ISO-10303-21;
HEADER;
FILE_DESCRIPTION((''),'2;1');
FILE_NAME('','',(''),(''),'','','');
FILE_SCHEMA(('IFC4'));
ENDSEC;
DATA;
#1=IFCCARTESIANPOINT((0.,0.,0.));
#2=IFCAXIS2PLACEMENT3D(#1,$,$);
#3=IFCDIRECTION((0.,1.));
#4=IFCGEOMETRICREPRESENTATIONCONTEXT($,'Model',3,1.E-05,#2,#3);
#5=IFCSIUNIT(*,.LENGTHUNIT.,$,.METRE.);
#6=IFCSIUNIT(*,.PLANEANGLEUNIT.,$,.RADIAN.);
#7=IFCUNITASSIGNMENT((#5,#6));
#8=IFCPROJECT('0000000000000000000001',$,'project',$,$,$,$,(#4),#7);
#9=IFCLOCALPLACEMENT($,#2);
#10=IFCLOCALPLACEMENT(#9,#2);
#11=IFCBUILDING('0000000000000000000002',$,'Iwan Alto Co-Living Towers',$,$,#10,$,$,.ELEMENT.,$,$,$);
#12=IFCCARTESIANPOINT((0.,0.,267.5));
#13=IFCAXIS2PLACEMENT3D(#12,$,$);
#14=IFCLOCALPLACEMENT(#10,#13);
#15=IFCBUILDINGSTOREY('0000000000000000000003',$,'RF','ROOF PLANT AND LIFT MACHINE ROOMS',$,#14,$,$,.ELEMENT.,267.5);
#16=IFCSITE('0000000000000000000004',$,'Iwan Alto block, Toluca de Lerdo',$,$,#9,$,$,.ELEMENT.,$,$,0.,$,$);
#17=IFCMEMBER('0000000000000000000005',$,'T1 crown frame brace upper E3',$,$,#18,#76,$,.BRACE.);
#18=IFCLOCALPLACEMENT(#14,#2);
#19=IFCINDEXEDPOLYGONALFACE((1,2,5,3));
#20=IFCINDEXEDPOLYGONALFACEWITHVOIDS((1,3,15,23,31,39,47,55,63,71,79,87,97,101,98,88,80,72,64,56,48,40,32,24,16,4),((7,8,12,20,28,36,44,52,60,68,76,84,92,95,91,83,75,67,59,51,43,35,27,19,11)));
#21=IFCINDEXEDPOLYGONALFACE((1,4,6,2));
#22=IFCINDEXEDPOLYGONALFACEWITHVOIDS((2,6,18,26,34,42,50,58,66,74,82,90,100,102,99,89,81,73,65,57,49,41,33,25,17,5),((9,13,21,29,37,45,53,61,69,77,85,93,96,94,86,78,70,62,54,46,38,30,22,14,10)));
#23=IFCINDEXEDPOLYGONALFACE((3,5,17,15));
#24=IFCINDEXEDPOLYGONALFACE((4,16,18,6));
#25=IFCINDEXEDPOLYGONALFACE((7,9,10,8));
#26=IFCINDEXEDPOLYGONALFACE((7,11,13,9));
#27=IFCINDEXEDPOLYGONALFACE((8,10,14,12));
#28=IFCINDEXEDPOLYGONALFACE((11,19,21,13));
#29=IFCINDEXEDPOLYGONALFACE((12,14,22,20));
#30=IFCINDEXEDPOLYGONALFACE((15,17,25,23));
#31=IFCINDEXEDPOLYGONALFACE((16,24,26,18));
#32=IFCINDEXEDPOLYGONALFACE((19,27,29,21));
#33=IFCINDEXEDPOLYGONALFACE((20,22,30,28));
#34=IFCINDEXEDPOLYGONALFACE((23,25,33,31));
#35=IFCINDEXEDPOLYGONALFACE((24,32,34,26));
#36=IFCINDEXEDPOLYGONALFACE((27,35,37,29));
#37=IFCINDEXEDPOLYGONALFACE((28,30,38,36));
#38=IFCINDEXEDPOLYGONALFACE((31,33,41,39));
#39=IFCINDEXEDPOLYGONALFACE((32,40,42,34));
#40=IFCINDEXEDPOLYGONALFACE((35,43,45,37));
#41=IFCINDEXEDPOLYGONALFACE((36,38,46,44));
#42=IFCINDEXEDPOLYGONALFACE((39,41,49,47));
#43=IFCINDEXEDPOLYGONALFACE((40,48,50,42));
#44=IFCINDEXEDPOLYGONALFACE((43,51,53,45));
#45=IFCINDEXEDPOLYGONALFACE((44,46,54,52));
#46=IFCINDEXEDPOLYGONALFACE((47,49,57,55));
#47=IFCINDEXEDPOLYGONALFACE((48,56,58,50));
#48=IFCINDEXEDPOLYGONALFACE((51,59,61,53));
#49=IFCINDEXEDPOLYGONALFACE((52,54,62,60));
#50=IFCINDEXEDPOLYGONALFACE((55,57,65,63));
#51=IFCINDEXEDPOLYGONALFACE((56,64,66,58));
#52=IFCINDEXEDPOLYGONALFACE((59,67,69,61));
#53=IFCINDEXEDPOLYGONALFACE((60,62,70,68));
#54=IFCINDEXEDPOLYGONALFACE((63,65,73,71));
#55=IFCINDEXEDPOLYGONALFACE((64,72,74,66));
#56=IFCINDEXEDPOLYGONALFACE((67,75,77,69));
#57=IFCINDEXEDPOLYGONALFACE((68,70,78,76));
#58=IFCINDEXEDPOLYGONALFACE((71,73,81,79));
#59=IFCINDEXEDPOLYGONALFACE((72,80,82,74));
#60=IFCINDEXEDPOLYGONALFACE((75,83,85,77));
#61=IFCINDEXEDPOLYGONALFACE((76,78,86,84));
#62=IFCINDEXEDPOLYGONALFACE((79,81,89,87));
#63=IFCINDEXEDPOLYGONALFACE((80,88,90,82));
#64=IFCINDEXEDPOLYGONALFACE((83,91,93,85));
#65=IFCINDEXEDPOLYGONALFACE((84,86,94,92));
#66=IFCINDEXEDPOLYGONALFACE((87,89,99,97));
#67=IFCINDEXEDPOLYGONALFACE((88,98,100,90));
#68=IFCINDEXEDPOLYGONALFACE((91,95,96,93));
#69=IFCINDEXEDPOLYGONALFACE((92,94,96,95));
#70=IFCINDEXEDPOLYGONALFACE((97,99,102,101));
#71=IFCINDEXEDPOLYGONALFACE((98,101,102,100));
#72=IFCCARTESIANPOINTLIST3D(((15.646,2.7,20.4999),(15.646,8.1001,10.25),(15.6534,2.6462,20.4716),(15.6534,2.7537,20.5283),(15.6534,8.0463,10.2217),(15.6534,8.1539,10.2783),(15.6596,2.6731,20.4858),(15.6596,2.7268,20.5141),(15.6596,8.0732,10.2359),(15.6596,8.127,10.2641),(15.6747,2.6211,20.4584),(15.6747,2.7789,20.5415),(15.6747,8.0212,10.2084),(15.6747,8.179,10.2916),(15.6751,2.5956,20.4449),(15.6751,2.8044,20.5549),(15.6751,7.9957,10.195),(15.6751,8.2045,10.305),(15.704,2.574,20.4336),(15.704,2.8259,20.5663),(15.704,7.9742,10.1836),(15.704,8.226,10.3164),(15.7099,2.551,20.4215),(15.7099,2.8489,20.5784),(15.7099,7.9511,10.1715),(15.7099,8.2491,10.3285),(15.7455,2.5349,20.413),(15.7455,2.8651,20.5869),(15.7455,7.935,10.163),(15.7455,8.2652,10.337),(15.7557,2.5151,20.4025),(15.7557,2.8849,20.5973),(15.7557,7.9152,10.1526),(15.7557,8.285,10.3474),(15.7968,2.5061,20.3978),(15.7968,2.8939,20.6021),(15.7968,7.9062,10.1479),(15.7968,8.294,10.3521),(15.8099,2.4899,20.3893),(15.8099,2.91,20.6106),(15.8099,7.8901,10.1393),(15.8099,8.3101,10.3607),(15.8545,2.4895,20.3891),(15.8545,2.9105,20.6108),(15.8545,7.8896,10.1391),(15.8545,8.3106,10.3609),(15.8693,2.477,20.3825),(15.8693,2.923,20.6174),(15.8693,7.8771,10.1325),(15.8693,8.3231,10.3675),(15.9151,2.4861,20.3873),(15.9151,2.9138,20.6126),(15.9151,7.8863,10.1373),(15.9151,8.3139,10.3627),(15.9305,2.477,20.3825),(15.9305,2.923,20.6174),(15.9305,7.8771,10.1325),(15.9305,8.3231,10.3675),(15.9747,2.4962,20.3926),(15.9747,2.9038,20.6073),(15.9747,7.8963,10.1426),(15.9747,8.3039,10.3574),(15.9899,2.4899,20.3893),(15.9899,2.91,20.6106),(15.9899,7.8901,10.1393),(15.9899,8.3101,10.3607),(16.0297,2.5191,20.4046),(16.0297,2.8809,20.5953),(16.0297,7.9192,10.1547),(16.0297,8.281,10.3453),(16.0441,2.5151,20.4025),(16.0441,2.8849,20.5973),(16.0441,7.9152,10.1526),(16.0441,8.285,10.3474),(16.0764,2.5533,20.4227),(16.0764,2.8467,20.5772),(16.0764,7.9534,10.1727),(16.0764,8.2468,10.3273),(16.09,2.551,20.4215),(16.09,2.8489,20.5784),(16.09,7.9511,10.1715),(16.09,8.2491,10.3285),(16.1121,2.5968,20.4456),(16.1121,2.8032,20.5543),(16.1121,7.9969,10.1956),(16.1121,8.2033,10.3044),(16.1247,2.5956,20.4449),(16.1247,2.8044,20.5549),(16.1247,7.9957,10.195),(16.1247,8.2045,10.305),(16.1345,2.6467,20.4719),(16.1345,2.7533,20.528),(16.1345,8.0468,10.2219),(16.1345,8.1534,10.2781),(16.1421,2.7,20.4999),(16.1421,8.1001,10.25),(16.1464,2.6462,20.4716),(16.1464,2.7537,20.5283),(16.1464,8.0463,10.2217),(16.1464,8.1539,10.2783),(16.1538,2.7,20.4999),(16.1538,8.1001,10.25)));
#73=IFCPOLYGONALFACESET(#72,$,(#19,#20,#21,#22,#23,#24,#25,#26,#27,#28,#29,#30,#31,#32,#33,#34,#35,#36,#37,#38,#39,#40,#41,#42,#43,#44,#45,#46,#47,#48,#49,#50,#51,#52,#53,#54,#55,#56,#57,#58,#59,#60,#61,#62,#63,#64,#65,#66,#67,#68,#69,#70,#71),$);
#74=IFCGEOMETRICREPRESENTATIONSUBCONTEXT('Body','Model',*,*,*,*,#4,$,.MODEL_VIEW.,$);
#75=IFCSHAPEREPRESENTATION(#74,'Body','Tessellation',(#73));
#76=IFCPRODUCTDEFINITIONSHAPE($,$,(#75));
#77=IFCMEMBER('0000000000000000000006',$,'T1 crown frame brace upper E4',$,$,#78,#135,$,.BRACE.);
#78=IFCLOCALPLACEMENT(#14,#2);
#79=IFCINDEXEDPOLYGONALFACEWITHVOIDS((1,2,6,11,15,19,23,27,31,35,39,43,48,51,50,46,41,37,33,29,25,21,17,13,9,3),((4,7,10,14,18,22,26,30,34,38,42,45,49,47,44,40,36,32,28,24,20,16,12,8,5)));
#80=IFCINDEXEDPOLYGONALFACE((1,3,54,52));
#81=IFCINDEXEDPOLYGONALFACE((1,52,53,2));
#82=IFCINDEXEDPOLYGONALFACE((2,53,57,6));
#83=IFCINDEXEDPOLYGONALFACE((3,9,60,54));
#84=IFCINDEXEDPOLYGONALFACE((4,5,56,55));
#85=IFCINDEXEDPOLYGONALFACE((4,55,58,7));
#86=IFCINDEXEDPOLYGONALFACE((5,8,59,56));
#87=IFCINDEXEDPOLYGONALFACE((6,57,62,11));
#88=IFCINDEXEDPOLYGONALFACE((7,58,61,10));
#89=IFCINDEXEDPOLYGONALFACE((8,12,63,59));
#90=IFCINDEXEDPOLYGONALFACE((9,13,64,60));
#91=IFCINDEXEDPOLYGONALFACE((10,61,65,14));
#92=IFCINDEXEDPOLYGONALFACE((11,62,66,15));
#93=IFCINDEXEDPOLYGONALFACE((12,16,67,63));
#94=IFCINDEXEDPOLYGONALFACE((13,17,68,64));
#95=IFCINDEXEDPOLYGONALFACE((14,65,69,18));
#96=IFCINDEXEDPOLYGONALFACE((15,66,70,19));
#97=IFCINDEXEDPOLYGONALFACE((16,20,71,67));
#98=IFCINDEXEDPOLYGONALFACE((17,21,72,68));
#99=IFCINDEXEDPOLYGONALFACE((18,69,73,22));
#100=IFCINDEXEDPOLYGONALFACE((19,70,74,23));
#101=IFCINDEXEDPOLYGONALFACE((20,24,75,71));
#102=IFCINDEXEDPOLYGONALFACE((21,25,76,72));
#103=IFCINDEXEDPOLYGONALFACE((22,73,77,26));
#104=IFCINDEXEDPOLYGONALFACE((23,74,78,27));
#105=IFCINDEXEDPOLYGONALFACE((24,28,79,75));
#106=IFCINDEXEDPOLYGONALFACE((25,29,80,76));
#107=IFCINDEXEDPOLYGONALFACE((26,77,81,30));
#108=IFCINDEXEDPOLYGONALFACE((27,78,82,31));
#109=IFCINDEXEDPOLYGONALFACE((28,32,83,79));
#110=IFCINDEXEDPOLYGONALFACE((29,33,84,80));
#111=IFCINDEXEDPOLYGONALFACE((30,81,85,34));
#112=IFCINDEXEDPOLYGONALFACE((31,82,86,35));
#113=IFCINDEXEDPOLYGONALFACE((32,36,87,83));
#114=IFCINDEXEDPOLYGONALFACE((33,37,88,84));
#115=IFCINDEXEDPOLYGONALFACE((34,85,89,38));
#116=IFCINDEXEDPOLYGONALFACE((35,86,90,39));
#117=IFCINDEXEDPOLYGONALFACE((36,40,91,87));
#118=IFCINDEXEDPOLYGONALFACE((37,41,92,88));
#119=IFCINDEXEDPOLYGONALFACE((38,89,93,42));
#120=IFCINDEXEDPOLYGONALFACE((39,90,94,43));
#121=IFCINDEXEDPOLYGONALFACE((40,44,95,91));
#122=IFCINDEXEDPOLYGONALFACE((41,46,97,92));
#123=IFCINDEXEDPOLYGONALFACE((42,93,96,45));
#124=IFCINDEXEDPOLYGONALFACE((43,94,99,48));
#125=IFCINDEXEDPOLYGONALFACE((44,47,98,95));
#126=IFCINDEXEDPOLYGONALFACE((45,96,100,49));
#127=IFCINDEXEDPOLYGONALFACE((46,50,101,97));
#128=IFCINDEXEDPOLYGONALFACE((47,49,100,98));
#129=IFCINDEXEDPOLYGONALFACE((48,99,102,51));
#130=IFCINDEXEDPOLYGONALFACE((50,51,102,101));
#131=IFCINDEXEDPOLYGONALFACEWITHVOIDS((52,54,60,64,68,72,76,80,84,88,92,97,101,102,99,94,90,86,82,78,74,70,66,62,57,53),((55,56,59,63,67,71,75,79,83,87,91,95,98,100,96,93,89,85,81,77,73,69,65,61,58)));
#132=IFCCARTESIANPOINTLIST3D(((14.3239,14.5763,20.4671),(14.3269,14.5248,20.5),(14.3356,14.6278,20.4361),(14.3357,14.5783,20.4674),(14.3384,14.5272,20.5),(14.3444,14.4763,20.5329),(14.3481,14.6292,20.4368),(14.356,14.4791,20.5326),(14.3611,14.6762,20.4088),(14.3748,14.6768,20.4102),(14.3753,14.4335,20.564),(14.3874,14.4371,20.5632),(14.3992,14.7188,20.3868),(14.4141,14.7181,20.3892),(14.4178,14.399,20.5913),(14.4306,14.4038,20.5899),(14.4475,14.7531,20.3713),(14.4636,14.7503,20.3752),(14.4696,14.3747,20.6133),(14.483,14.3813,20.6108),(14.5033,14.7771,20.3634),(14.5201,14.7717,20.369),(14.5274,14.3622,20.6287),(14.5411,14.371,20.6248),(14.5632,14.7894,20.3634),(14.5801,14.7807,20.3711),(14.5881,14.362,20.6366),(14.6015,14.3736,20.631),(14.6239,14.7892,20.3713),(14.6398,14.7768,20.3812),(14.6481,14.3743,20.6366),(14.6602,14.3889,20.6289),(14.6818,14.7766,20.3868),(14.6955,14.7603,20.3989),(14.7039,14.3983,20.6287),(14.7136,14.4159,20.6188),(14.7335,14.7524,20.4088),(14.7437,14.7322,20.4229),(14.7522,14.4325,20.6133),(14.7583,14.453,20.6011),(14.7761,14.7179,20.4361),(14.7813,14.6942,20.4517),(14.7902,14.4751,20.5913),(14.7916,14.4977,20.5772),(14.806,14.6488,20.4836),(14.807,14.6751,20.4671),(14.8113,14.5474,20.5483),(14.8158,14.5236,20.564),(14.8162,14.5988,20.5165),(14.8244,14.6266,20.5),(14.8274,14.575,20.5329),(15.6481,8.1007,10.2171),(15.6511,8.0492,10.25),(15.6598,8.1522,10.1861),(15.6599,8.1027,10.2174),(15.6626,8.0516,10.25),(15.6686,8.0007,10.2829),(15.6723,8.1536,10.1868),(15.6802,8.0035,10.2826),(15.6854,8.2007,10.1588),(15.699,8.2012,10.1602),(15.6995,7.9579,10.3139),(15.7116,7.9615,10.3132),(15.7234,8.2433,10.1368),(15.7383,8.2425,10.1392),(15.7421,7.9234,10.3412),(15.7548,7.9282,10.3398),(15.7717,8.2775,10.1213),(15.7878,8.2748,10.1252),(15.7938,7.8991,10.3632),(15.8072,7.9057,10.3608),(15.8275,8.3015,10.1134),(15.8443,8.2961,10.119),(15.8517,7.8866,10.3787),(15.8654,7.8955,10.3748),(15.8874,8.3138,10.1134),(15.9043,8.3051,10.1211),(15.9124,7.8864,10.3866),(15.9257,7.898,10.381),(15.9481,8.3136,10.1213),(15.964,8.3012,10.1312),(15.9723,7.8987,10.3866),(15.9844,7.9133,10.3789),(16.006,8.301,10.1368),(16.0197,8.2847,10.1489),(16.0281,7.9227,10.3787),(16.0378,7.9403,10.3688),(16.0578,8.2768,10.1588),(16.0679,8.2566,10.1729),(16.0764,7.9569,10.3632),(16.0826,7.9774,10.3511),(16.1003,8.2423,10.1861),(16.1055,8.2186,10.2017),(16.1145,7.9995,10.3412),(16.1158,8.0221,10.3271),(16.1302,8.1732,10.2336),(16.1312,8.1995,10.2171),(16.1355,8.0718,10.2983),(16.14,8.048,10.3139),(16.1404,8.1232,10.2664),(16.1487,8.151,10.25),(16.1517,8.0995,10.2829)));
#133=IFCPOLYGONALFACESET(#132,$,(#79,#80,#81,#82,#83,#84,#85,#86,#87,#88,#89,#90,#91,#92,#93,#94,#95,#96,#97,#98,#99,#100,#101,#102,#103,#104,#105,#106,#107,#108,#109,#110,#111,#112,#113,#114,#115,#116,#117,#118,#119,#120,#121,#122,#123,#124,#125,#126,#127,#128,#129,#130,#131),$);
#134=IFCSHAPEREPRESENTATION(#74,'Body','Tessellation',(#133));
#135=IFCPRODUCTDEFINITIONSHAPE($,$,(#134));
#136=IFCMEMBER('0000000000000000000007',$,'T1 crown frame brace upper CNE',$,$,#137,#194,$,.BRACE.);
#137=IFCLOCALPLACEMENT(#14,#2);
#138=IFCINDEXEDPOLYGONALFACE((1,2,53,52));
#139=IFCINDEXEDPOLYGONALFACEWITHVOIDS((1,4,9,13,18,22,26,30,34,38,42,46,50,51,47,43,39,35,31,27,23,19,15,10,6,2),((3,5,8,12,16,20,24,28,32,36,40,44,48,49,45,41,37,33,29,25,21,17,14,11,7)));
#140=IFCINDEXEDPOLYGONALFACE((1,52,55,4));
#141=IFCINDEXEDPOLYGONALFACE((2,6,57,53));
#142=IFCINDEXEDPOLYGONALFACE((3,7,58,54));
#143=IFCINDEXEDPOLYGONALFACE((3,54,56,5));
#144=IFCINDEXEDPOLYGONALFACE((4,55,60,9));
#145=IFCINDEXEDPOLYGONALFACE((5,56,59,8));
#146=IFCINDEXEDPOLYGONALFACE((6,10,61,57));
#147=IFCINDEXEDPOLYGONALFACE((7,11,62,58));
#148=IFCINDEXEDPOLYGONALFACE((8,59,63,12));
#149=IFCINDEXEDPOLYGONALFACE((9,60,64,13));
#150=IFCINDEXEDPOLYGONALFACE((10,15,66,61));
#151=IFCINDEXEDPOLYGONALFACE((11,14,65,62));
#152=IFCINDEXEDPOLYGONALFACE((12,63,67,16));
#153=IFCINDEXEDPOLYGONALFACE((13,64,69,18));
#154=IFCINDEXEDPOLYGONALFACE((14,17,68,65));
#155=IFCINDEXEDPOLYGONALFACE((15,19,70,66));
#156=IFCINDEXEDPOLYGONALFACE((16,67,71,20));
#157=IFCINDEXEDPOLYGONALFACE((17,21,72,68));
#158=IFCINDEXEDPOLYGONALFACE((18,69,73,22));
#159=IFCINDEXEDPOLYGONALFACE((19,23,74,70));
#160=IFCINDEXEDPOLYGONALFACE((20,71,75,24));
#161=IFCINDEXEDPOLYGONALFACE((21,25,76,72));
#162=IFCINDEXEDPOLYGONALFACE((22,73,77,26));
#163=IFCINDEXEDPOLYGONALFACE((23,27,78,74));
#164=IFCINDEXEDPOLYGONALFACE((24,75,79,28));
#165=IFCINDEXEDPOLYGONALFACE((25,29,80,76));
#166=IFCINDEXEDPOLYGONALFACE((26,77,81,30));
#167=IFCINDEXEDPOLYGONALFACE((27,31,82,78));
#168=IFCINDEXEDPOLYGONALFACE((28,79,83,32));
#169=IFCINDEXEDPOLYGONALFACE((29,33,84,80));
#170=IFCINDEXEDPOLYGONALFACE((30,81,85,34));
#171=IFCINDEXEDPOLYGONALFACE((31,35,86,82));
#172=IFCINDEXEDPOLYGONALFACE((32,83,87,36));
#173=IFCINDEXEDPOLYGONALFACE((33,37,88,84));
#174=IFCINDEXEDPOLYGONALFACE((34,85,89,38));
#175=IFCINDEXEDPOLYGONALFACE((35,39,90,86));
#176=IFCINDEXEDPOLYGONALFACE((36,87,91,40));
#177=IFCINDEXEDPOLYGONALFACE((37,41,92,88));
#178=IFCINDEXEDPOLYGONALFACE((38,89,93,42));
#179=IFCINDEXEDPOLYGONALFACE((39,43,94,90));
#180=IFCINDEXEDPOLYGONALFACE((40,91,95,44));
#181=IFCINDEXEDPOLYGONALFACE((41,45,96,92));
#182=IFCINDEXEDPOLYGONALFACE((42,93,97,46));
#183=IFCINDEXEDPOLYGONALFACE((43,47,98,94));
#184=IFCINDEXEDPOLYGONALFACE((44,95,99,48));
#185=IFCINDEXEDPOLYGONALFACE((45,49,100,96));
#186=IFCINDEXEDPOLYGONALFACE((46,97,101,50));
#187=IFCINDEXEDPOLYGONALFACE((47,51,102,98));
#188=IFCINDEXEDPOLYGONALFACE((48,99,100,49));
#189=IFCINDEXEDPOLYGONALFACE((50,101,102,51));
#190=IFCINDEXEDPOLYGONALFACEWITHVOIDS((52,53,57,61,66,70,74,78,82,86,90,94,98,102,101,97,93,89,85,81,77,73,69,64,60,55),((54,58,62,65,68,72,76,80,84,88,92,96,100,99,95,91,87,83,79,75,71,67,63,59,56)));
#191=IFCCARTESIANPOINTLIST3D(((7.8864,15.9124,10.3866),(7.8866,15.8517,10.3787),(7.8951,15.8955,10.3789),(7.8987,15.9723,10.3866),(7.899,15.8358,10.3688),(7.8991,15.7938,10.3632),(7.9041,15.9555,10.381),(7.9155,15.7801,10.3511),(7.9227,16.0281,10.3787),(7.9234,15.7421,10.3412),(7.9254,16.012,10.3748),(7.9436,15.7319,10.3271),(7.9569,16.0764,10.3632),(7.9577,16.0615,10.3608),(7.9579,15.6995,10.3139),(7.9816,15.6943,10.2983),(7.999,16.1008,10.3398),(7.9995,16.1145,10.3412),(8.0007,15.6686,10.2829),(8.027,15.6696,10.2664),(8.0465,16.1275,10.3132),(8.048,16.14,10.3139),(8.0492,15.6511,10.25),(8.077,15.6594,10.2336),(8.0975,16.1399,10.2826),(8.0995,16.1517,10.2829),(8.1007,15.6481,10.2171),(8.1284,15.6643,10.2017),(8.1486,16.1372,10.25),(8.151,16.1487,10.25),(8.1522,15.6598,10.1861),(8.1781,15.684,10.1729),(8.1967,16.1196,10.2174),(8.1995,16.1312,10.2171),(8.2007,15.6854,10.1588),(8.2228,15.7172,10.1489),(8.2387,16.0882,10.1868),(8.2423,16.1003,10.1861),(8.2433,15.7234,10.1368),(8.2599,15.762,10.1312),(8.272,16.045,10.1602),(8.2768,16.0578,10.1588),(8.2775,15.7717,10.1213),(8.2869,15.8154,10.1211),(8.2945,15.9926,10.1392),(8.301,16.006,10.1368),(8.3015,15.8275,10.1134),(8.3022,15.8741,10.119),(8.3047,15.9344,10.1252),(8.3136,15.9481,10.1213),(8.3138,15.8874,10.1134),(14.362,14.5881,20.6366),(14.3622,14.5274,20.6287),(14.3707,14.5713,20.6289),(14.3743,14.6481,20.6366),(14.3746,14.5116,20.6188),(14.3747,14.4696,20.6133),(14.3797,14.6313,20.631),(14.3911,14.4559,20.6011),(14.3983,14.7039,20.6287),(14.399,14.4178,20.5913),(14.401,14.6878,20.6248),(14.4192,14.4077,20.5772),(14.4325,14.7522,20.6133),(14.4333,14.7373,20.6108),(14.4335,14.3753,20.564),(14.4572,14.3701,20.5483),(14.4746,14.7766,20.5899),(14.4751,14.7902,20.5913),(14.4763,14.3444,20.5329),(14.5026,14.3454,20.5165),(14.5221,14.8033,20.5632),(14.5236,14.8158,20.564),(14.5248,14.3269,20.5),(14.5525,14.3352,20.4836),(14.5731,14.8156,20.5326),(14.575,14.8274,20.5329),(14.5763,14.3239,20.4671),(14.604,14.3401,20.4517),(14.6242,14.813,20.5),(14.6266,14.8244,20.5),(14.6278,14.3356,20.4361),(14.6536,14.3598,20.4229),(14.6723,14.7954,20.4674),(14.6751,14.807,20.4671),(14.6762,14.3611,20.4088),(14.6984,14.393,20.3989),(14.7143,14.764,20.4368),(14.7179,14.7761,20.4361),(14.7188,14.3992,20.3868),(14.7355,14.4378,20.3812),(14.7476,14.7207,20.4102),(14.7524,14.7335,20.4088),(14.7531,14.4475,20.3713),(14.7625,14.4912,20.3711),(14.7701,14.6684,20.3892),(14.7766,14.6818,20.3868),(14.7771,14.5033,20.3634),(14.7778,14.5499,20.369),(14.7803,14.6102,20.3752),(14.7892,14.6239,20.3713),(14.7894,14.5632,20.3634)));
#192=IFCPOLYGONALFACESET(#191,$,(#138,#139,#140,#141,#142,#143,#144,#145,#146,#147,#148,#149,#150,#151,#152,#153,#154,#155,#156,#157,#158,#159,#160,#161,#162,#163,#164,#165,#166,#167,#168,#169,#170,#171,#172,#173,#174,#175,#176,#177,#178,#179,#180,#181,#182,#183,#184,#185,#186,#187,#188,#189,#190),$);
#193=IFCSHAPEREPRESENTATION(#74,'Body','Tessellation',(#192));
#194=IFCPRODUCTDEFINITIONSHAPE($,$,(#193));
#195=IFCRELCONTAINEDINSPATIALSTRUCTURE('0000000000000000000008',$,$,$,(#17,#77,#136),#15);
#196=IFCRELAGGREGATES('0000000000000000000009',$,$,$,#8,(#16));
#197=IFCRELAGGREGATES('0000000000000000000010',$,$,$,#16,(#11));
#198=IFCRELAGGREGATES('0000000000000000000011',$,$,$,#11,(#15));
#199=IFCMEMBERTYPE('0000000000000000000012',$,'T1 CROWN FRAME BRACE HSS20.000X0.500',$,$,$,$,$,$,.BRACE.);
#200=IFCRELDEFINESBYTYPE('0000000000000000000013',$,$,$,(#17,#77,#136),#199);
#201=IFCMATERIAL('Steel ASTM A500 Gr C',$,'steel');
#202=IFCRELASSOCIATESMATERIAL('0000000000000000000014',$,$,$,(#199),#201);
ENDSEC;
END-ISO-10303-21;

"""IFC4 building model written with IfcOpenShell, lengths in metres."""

from ifc_helpers import new_model, si_unit, direction, frame, origin, origin_2d, place, context, subcontext, project, spatial, hollow_circle, extrude, material, material_profile, profile_set, type_object, element, save


model = new_model("IFC4")

# Units and contexts
model_context = context("Model", 3, precision=1e-05, world=origin(), true_north=direction((0.0, 1.0)))
body_context = subcontext(model_context, "Body", "Model", "MODEL_VIEW")
ifc_project = project(units=[si_unit("LENGTHUNIT", "METRE"), si_unit("PLANEANGLEUNIT", "RADIAN")], contexts=[model_context])

# Site, building, storey
site_placement = place(None, origin())
site = spatial("IfcSite", under=ifc_project, at=site_placement, Name="Iwan Alto block, Toluca de Lerdo", CompositionType="ELEMENT", RefElevation=0.0)
building_placement = place(site_placement, origin())
building = spatial("IfcBuilding", under=site, at=building_placement, Name="Iwan Alto Co-Living Towers", CompositionType="ELEMENT")
storey_placement = place(building_placement, frame((0.0, 0.0, 267.5)))
storey = spatial("IfcBuildingStorey", under=building, at=storey_placement, Name="RF", Description="ROOF PLANT AND LIFT MACHINE ROOMS", CompositionType="ELEMENT", Elevation=267.5)

# Members
ifc_material_1 = material(Name="Steel ASTM A500 Gr C", Category="steel")
ifc_material_profile_1 = material_profile(ifc_material_1, hollow_circle(Radius=0.2539, WallThickness=0.0117, at=origin_2d()), Name="HSS20.000X0.500")
ifc_profile_set_1 = profile_set([ifc_material_profile_1], Name="Steel ASTM A500 Gr C")
member_type_1 = type_object("IfcMemberType", Name="T1 CROWN FRAME BRACE HSS20.000X0.500", PredefinedType="BRACE", material=ifc_profile_set_1)
member_1_placement = place(storey_placement, frame((15.8999, 8.1001, 10.25), z_axis=(0.0, -0.466112, 0.884726), x_axis=(1.0, 0.0, 0.0)))
element("IfcMember", 1, at=member_1_placement, inside=storey, type_object=member_type_1, Name="T1 crown frame brace upper E3", PredefinedType="BRACE", context=body_context, shape_type="SweptSolid", body=[
    extrude(hollow_circle(Radius=0.2539, WallThickness=0.0117, at=origin_2d()), origin(), (0.0, 0.0, 1.0), 11.5854),
])
for number, where, z_axis, x_axis, name in (
    (2, (15.8999, 8.1001, 10.25), (-0.108576, 0.530948, 0.84042), (-0.979725, -0.200348, 0.0), "T1 crown frame brace upper E4"),
    (3, (8.1001, 15.8999, 10.25), (0.530948, -0.108576, 0.84042), (0.200348, 0.979725, 0.0), "T1 crown frame brace upper CNE"),
):
    element("IfcMember", number, at=place(storey_placement, frame(where, z_axis=z_axis, x_axis=x_axis)), inside=storey, type_object=member_type_1, Name=name, PredefinedType="BRACE", context=body_context, shape_type="SweptSolid", body=[
        extrude(hollow_circle(Radius=0.2539, WallThickness=0.0117, at=origin_2d()), origin(), (0.0, 0.0, 1.0), 12.1963),
    ])

save(model, "model.ifc")
